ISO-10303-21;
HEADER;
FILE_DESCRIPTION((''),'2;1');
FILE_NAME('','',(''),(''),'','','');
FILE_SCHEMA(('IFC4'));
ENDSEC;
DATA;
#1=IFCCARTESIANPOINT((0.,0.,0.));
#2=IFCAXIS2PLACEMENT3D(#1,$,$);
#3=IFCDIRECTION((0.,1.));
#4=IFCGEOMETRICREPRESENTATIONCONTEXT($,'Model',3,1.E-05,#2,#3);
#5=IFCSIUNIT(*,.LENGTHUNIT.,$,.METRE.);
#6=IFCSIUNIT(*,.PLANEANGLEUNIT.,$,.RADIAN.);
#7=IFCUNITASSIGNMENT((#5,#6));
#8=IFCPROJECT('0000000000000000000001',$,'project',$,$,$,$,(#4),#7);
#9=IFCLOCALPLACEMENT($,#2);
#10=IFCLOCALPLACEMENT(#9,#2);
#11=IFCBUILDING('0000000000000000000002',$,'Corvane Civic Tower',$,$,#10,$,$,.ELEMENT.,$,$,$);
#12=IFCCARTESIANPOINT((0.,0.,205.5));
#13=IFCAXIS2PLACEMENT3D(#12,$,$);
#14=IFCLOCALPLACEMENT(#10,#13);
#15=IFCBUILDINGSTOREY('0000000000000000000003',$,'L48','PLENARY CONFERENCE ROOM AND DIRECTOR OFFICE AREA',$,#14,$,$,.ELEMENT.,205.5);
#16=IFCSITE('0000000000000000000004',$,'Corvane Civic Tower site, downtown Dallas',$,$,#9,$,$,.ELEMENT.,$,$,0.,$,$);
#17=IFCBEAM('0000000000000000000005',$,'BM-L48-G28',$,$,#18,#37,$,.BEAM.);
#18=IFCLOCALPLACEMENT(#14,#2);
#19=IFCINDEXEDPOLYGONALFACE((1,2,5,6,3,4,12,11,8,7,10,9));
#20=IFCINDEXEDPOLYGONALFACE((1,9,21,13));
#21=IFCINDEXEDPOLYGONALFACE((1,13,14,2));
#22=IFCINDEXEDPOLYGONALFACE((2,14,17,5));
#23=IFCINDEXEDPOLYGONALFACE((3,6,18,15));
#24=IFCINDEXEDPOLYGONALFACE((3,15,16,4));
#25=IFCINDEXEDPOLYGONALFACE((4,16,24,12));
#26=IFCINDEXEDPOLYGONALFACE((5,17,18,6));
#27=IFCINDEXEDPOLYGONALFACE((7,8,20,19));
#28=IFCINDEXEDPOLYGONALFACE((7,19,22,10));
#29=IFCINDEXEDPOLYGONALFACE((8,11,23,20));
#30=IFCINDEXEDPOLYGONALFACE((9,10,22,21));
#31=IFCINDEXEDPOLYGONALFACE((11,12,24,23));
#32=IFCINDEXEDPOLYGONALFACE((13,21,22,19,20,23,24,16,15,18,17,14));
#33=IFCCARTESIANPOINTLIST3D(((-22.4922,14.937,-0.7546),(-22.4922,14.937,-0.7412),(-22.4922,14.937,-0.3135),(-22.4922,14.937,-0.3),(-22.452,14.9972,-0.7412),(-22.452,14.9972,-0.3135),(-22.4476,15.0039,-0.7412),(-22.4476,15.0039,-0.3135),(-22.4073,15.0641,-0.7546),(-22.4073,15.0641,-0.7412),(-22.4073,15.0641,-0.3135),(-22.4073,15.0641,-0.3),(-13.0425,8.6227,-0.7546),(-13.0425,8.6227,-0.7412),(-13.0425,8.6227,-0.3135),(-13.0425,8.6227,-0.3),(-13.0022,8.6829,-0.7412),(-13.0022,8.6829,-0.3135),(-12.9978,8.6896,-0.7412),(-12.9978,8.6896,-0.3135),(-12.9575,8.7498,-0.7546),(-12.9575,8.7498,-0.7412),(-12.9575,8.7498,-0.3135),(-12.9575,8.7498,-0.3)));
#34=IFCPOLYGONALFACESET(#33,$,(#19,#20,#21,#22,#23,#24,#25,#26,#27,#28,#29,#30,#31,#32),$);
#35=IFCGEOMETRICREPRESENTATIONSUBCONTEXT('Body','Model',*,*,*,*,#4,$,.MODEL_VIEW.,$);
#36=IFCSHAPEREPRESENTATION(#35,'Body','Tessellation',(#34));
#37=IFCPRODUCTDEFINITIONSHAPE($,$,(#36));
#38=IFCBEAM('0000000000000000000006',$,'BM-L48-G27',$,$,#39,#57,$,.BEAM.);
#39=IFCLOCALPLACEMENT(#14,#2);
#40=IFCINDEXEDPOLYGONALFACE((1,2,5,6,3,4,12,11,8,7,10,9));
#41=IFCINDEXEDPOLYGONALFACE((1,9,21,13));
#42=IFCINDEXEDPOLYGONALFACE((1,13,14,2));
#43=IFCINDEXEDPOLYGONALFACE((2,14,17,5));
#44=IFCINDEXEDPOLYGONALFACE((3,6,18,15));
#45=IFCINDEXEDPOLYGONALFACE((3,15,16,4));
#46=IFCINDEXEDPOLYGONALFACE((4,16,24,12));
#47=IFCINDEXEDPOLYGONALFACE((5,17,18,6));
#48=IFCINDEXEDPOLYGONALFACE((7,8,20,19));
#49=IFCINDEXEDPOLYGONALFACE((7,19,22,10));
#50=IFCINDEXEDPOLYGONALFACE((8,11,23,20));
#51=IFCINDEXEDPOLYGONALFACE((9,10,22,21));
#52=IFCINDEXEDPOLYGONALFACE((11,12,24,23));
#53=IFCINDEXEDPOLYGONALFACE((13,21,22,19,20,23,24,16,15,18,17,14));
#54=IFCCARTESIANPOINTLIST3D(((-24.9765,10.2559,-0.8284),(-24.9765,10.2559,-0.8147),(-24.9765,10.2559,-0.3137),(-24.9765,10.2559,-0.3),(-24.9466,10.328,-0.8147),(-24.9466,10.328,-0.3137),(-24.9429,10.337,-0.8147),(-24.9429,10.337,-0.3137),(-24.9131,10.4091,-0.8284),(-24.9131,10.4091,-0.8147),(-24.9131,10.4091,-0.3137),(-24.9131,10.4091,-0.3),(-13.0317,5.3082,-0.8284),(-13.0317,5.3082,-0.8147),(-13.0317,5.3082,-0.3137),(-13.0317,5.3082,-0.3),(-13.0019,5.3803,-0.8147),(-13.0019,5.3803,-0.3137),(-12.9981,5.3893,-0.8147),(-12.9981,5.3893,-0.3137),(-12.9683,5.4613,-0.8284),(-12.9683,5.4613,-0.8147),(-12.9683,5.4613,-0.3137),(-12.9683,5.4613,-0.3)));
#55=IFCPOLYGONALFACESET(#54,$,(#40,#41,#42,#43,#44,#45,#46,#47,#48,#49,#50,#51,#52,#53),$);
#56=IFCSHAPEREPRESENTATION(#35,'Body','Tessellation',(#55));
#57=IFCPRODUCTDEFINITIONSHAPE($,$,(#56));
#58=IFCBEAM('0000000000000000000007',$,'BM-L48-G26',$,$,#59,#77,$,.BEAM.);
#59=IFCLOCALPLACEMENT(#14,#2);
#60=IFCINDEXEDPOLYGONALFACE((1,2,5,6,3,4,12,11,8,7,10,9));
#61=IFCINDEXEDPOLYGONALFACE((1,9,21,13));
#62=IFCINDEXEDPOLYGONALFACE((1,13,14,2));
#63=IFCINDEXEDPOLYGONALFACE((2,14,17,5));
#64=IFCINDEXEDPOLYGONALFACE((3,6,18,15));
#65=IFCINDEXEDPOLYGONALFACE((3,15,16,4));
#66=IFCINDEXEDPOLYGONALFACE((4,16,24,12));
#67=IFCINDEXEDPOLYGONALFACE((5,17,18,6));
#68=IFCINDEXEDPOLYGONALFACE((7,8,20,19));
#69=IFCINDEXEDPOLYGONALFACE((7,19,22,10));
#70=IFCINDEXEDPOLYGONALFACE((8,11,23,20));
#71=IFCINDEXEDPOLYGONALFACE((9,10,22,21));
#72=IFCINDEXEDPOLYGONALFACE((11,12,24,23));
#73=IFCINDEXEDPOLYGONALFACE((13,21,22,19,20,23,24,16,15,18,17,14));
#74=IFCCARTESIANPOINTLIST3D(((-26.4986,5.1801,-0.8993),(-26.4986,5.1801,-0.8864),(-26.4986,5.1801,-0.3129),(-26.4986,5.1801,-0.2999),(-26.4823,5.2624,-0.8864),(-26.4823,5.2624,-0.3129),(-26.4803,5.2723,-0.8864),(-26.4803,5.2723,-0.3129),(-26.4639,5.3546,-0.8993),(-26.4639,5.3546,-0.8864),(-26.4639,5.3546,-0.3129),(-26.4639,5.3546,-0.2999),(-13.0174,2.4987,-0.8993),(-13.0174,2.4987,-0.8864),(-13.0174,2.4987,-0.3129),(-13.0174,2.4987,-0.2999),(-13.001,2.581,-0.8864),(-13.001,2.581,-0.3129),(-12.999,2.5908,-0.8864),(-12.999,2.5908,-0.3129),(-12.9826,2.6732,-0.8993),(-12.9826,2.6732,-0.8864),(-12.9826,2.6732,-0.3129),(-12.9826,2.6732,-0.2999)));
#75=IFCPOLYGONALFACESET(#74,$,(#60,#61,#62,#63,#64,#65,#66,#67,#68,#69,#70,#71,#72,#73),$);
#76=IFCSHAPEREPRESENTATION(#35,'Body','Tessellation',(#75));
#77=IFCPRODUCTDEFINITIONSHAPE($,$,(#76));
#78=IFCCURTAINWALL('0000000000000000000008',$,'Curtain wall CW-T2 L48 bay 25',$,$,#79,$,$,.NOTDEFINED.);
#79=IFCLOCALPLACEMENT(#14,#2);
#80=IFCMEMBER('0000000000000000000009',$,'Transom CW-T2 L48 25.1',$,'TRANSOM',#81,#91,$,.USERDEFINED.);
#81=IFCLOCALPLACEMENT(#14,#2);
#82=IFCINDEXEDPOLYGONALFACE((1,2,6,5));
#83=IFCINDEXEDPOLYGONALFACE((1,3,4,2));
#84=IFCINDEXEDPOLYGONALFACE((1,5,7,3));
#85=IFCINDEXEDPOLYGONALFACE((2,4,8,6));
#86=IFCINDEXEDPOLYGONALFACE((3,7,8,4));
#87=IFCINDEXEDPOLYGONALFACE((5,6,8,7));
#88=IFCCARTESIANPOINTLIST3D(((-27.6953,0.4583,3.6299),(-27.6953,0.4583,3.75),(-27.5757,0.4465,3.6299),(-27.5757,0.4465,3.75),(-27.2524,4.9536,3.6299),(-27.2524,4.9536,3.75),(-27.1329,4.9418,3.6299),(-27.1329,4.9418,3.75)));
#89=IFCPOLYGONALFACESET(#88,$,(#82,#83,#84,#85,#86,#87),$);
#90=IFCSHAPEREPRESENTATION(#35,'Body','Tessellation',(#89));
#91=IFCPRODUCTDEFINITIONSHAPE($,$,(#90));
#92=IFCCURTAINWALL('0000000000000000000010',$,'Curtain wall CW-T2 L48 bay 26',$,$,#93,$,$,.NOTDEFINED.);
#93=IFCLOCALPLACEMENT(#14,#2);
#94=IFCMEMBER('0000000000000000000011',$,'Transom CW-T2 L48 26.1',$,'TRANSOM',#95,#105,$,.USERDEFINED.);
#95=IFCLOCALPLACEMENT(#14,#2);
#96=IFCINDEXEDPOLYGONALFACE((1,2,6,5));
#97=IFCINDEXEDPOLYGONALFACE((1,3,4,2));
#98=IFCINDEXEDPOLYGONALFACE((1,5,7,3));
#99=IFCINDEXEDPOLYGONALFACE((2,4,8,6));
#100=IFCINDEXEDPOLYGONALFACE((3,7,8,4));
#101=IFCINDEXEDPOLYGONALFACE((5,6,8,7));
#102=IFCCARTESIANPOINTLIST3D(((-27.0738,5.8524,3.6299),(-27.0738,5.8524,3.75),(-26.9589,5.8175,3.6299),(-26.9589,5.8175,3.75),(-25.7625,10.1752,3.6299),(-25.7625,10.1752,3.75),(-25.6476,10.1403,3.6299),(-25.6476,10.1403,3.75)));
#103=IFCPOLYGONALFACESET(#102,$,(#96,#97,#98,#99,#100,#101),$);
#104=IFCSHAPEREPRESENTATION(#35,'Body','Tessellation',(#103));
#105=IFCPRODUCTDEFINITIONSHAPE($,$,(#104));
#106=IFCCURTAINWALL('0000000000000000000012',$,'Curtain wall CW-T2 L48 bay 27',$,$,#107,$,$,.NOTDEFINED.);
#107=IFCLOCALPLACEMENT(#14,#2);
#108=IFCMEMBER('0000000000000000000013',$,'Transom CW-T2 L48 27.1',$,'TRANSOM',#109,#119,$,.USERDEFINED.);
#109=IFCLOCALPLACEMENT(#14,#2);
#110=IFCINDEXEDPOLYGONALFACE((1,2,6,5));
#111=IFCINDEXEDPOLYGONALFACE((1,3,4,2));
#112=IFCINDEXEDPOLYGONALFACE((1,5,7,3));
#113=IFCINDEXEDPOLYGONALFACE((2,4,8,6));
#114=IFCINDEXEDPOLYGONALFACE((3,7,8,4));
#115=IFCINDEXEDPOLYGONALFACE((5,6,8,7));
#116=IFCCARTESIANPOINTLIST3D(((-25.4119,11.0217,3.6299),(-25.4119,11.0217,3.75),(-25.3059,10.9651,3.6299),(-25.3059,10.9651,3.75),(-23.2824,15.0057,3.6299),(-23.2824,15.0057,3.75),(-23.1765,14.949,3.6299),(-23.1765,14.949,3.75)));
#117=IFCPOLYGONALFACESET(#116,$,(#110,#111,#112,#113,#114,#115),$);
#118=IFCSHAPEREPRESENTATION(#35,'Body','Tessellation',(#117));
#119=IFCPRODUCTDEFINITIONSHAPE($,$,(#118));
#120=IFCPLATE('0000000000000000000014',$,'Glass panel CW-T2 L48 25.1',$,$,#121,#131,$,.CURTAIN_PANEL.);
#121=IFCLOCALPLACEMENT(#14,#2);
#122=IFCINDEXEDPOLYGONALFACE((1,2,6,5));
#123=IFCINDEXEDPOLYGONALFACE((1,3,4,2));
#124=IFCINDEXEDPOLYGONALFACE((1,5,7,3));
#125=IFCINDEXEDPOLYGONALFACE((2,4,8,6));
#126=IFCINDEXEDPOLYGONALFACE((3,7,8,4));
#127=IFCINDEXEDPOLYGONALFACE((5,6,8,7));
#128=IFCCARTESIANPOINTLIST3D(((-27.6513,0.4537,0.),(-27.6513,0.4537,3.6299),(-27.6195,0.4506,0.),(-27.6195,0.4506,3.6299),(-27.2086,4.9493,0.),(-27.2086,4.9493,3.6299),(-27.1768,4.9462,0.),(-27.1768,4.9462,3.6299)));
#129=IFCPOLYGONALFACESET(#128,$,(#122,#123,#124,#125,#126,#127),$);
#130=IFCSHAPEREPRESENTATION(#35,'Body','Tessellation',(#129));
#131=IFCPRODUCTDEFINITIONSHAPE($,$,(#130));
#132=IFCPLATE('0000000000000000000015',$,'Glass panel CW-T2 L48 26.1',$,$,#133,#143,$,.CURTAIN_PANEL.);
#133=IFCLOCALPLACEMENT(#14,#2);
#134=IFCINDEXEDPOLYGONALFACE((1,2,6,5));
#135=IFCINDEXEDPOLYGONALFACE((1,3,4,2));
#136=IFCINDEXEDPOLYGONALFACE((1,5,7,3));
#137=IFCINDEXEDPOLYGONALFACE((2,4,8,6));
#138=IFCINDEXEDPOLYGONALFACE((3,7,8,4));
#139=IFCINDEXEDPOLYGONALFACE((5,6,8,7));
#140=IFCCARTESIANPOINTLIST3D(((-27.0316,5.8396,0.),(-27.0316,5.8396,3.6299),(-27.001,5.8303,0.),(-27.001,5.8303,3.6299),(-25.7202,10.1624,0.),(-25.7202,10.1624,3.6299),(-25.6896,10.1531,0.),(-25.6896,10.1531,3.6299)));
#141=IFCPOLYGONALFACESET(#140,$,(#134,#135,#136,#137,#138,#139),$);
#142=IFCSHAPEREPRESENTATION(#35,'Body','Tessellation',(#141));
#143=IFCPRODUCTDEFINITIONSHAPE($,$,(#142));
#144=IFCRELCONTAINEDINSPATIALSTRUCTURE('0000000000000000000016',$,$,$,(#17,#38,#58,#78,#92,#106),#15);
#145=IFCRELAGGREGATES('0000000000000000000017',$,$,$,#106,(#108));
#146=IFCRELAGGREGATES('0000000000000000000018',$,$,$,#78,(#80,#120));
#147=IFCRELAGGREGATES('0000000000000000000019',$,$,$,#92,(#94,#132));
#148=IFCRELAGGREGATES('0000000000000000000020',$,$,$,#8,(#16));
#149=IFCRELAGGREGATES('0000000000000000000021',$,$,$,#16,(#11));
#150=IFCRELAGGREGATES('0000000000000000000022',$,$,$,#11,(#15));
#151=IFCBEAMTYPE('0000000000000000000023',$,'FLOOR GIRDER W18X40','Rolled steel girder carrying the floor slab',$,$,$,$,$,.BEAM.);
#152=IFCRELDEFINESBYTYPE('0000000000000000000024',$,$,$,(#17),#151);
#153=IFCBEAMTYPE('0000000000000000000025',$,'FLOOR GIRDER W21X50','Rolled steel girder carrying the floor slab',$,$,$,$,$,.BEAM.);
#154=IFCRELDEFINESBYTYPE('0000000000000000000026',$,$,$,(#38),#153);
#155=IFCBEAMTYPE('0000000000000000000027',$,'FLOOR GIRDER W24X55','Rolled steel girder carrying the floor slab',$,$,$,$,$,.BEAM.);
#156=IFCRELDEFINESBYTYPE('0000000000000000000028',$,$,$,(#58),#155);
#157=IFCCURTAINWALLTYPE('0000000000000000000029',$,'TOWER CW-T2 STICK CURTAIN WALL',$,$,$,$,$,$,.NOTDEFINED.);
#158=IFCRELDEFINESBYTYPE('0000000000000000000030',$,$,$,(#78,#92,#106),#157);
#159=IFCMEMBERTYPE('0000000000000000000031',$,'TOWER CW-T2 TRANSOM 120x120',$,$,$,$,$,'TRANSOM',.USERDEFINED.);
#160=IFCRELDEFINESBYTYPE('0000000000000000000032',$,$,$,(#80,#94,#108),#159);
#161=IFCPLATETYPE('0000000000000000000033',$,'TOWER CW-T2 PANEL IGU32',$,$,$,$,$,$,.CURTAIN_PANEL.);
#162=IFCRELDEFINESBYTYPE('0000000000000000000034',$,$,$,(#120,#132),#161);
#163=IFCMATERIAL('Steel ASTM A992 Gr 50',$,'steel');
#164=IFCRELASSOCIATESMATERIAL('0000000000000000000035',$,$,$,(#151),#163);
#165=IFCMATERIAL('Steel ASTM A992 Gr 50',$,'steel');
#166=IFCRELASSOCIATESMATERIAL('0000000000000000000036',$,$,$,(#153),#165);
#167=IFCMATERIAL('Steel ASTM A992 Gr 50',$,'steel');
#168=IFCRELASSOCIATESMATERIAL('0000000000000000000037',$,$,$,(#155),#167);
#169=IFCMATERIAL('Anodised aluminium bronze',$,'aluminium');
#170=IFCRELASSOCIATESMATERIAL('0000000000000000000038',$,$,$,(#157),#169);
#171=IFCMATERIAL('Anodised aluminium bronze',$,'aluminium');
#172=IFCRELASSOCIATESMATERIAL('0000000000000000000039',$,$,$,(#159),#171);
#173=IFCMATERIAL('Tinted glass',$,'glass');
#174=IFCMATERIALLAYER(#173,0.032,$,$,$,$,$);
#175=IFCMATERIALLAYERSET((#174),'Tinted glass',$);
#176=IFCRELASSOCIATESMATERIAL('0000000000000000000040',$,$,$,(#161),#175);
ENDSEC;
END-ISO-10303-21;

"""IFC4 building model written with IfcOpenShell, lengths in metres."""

from ifc_helpers import new_model, si_unit, direction, frame, origin, origin_2d, place, context, subcontext, project, spatial, rectangle, i_section, extrude, material, layer, layer_set, material_profile, profile_set, type_object, element, aggregate, save


model = new_model("IFC4")

# Units and contexts
model_context = context("Model", 3, precision=1e-05, world=origin(), true_north=direction((0.0, 1.0)))
body_context = subcontext(model_context, "Body", "Model", "MODEL_VIEW")
ifc_project = project(units=[si_unit("LENGTHUNIT", "METRE"), si_unit("PLANEANGLEUNIT", "RADIAN")], contexts=[model_context])

# Site, building, storey
site_placement = place(None, origin())
site = spatial("IfcSite", under=ifc_project, at=site_placement, Name="Corvane Civic Tower site, downtown Dallas", CompositionType="ELEMENT", RefElevation=0.0)
building_placement = place(site_placement, origin())
building = spatial("IfcBuilding", under=site, at=building_placement, Name="Corvane Civic Tower", CompositionType="ELEMENT")
storey_placement = place(building_placement, frame((0.0, 0.0, 205.5)))
storey = spatial("IfcBuildingStorey", under=building, at=storey_placement, Name="L48", Description="PLENARY CONFERENCE ROOM AND DIRECTOR OFFICE AREA", CompositionType="ELEMENT", Elevation=205.5)

# Beams
ifc_material_1 = material(Name="Steel ASTM A992 Gr 50", Category="steel")
ifc_material_profile_1 = material_profile(ifc_material_1, i_section(OverallWidth=0.1528, OverallDepth=0.4546, WebThickness=0.0081, FlangeThickness=0.0134, at=origin_2d()), Name="W18X40")
ifc_profile_set_1 = profile_set([ifc_material_profile_1], Name="Steel ASTM A992 Gr 50")
beam_type_1 = type_object("IfcBeamType", Name="FLOOR GIRDER W18X40", Description="Rolled steel girder carrying the floor slab", PredefinedType="BEAM", material=ifc_profile_set_1)
beam_1_placement = place(storey_placement, frame((-13.0, 8.6863, -0.5273), z_axis=(-0.831465, 0.555577, 0.0), x_axis=(-0.555577, -0.831465, 0.0)))
element("IfcBeam", 1, at=beam_1_placement, inside=storey, type_object=beam_type_1, Name="BM-L48-G28", PredefinedType="BEAM", context=body_context, shape_type="SweptSolid", body=[
    extrude(i_section(OverallWidth=0.1528, OverallDepth=0.4546, WebThickness=0.0081, FlangeThickness=0.0134, at=origin_2d()), origin(), (0.0, 0.0, 1.0), 11.3652),
])
ifc_material_2 = material(Name="Steel ASTM A992 Gr 50", Category="steel")
ifc_material_profile_2 = material_profile(ifc_material_2, i_section(OverallWidth=0.1658, OverallDepth=0.5283, WebThickness=0.0098, FlangeThickness=0.0137, at=origin_2d()), Name="W21X50")
ifc_profile_set_2 = profile_set([ifc_material_profile_2], Name="Steel ASTM A992 Gr 50")
beam_type_2 = type_object("IfcBeamType", Name="FLOOR GIRDER W21X50", Description="Rolled steel girder carrying the floor slab", PredefinedType="BEAM", material=ifc_profile_set_2)
beam_2_placement = place(storey_placement, frame((-13.0, 5.3848, -0.5642), z_axis=(-0.923878, 0.382686, 0.0), x_axis=(-0.382686, -0.923878, 0.0)))
element("IfcBeam", 2, at=beam_2_placement, inside=storey, type_object=beam_type_2, Name="BM-L48-G27", PredefinedType="BEAM", context=body_context, shape_type="SweptSolid", body=[
    extrude(i_section(OverallWidth=0.1658, OverallDepth=0.5283, WebThickness=0.0098, FlangeThickness=0.0137, at=origin_2d()), origin(), (0.0, 0.0, 1.0), 12.929),
])
ifc_material_3 = material(Name="Steel ASTM A992 Gr 50", Category="steel")
ifc_material_profile_3 = material_profile(ifc_material_3, i_section(OverallWidth=0.178, OverallDepth=0.5994, WebThickness=0.01, FlangeThickness=0.0129, at=origin_2d()), Name="W24X55")
ifc_profile_set_3 = profile_set([ifc_material_profile_3], Name="Steel ASTM A992 Gr 50")
beam_type_3 = type_object("IfcBeamType", Name="FLOOR GIRDER W24X55", Description="Rolled steel girder carrying the floor slab", PredefinedType="BEAM", material=ifc_profile_set_3)
beam_3_placement = place(storey_placement, frame((-13.0, 2.5859, -0.5996), z_axis=(-0.980788, 0.195078, 0.0), x_axis=(-0.195078, -0.980788, 0.0)))
element("IfcBeam", 3, at=beam_3_placement, inside=storey, type_object=beam_type_3, Name="BM-L48-G26", PredefinedType="BEAM", context=body_context, shape_type="SweptSolid", body=[
    extrude(i_section(OverallWidth=0.178, OverallDepth=0.5994, WebThickness=0.01, FlangeThickness=0.0129, at=origin_2d()), origin(), (0.0, 0.0, 1.0), 13.7454),
])

# Curtain walls, members
ifc_material_4 = material(Name="Anodised aluminium bronze", Category="aluminium")
curtain_wall_type = type_object("IfcCurtainWallType", Name="TOWER CW-T2 STICK CURTAIN WALL", PredefinedType="NOTDEFINED", material=ifc_material_4)
curtain_wall_1_placement = place(storey_placement, origin())
curtain_wall_1 = element("IfcCurtainWall", 4, at=curtain_wall_1_placement, inside=storey, type_object=curtain_wall_type, Name="Curtain wall CW-T2 L48 bay 25", PredefinedType="NOTDEFINED")
ifc_material_5 = material(Name="Anodised aluminium bronze", Category="aluminium")
ifc_material_profile_4 = material_profile(ifc_material_5, rectangle(XDim=0.1201, YDim=0.1201, at=origin_2d()), Name="TOWER CW-T2 TRANSOM 120x120")
ifc_profile_set_4 = profile_set([ifc_material_profile_4], Name="Anodised aluminium bronze")
member_type = type_object("IfcMemberType", Name="TOWER CW-T2 TRANSOM 120x120", ElementType="TRANSOM", PredefinedType="USERDEFINED", material=ifc_profile_set_4)
member_1_placement = place(storey_placement, frame((-27.6355, 0.4524, 3.6899), z_axis=(0.098043, 0.995182, 0.0), x_axis=(-0.995182, 0.098043, 0.0)))
member_1 = element("IfcMember", 5, at=member_1_placement, type_object=member_type, Name="Transom CW-T2 L48 25.1", ObjectType="TRANSOM", PredefinedType="USERDEFINED", context=body_context, shape_type="SweptSolid", body=[
    extrude(rectangle(XDim=0.1201, YDim=0.1201, at=origin_2d()), origin(), (0.0, 0.0, 1.0), 4.5171),
])
curtain_wall_2_placement = place(storey_placement, origin())
curtain_wall_2 = element("IfcCurtainWall", 6, at=curtain_wall_2_placement, inside=storey, type_object=curtain_wall_type, Name="Curtain wall CW-T2 L48 bay 26", PredefinedType="NOTDEFINED")
member_2_placement = place(storey_placement, frame((-27.0164, 5.835, 3.6899), z_axis=(0.290282, 0.956941, 0.0), x_axis=(-0.956941, 0.290282, 0.0)))
member_2 = element("IfcMember", 7, at=member_2_placement, type_object=member_type, Name="Transom CW-T2 L48 26.1", ObjectType="TRANSOM", PredefinedType="USERDEFINED", context=body_context, shape_type="SweptSolid", body=[
    extrude(rectangle(XDim=0.1201, YDim=0.1201, at=origin_2d()), origin(), (0.0, 0.0, 1.0), 4.5173),
])
curtain_wall_3_placement = place(storey_placement, origin())
curtain_wall_3 = element("IfcCurtainWall", 8, at=curtain_wall_3_placement, inside=storey, type_object=curtain_wall_type, Name="Curtain wall CW-T2 L48 bay 27", PredefinedType="NOTDEFINED")
member_3_placement = place(storey_placement, frame((-25.3589, 10.9934, 3.6899), z_axis=(0.47139, 0.881925, 0.0), x_axis=(-0.881925, 0.47139, 0.0)))
member_3 = element("IfcMember", 9, at=member_3_placement, type_object=member_type, Name="Transom CW-T2 L48 27.1", ObjectType="TRANSOM", PredefinedType="USERDEFINED", context=body_context, shape_type="SweptSolid", body=[
    extrude(rectangle(XDim=0.1201, YDim=0.1201, at=origin_2d()), origin(), (0.0, 0.0, 1.0), 4.5173),
])
aggregate(curtain_wall_3, [member_3])

# Plates
ifc_material_6 = material(Name="Tinted glass", Category="glass")
ifc_layer_1 = layer(ifc_material_6, 0.032)
ifc_layer_set_1 = layer_set([ifc_layer_1], Name="Tinted glass")
plate_type = type_object("IfcPlateType", Name="TOWER CW-T2 PANEL IGU32", PredefinedType="CURTAIN_PANEL", material=ifc_layer_set_1)
plate_1_placement = place(storey_placement, frame((-27.4141, 2.7, 0.0), z_axis=(0.0, 0.0, 1.0), x_axis=(0.097993, 0.995187, 0.0)))
plate_1 = element("IfcPlate", 10, at=plate_1_placement, type_object=plate_type, Name="Glass panel CW-T2 L48 25.1", PredefinedType="CURTAIN_PANEL", context=body_context, shape_type="SweptSolid", body=[
    extrude(rectangle(XDim=4.5173, YDim=0.032, at=origin_2d()), origin(), (0.0, 0.0, 1.0), 3.6299),
])
aggregate(curtain_wall_1, [member_1, plate_1])
plate_2_placement = place(storey_placement, frame((-26.3606, 7.9963, 0.0), z_axis=(0.0, 0.0, 1.0), x_axis=(0.29029, 0.956939, 0.0)))
plate_2 = element("IfcPlate", 11, at=plate_2_placement, type_object=plate_type, Name="Glass panel CW-T2 L48 26.1", PredefinedType="CURTAIN_PANEL", context=body_context, shape_type="SweptSolid", body=[
    extrude(rectangle(XDim=4.5173, YDim=0.032, at=origin_2d()), origin(), (0.0, 0.0, 1.0), 3.6299),
])
aggregate(curtain_wall_2, [member_2, plate_2])

save(model, "model.ifc")
